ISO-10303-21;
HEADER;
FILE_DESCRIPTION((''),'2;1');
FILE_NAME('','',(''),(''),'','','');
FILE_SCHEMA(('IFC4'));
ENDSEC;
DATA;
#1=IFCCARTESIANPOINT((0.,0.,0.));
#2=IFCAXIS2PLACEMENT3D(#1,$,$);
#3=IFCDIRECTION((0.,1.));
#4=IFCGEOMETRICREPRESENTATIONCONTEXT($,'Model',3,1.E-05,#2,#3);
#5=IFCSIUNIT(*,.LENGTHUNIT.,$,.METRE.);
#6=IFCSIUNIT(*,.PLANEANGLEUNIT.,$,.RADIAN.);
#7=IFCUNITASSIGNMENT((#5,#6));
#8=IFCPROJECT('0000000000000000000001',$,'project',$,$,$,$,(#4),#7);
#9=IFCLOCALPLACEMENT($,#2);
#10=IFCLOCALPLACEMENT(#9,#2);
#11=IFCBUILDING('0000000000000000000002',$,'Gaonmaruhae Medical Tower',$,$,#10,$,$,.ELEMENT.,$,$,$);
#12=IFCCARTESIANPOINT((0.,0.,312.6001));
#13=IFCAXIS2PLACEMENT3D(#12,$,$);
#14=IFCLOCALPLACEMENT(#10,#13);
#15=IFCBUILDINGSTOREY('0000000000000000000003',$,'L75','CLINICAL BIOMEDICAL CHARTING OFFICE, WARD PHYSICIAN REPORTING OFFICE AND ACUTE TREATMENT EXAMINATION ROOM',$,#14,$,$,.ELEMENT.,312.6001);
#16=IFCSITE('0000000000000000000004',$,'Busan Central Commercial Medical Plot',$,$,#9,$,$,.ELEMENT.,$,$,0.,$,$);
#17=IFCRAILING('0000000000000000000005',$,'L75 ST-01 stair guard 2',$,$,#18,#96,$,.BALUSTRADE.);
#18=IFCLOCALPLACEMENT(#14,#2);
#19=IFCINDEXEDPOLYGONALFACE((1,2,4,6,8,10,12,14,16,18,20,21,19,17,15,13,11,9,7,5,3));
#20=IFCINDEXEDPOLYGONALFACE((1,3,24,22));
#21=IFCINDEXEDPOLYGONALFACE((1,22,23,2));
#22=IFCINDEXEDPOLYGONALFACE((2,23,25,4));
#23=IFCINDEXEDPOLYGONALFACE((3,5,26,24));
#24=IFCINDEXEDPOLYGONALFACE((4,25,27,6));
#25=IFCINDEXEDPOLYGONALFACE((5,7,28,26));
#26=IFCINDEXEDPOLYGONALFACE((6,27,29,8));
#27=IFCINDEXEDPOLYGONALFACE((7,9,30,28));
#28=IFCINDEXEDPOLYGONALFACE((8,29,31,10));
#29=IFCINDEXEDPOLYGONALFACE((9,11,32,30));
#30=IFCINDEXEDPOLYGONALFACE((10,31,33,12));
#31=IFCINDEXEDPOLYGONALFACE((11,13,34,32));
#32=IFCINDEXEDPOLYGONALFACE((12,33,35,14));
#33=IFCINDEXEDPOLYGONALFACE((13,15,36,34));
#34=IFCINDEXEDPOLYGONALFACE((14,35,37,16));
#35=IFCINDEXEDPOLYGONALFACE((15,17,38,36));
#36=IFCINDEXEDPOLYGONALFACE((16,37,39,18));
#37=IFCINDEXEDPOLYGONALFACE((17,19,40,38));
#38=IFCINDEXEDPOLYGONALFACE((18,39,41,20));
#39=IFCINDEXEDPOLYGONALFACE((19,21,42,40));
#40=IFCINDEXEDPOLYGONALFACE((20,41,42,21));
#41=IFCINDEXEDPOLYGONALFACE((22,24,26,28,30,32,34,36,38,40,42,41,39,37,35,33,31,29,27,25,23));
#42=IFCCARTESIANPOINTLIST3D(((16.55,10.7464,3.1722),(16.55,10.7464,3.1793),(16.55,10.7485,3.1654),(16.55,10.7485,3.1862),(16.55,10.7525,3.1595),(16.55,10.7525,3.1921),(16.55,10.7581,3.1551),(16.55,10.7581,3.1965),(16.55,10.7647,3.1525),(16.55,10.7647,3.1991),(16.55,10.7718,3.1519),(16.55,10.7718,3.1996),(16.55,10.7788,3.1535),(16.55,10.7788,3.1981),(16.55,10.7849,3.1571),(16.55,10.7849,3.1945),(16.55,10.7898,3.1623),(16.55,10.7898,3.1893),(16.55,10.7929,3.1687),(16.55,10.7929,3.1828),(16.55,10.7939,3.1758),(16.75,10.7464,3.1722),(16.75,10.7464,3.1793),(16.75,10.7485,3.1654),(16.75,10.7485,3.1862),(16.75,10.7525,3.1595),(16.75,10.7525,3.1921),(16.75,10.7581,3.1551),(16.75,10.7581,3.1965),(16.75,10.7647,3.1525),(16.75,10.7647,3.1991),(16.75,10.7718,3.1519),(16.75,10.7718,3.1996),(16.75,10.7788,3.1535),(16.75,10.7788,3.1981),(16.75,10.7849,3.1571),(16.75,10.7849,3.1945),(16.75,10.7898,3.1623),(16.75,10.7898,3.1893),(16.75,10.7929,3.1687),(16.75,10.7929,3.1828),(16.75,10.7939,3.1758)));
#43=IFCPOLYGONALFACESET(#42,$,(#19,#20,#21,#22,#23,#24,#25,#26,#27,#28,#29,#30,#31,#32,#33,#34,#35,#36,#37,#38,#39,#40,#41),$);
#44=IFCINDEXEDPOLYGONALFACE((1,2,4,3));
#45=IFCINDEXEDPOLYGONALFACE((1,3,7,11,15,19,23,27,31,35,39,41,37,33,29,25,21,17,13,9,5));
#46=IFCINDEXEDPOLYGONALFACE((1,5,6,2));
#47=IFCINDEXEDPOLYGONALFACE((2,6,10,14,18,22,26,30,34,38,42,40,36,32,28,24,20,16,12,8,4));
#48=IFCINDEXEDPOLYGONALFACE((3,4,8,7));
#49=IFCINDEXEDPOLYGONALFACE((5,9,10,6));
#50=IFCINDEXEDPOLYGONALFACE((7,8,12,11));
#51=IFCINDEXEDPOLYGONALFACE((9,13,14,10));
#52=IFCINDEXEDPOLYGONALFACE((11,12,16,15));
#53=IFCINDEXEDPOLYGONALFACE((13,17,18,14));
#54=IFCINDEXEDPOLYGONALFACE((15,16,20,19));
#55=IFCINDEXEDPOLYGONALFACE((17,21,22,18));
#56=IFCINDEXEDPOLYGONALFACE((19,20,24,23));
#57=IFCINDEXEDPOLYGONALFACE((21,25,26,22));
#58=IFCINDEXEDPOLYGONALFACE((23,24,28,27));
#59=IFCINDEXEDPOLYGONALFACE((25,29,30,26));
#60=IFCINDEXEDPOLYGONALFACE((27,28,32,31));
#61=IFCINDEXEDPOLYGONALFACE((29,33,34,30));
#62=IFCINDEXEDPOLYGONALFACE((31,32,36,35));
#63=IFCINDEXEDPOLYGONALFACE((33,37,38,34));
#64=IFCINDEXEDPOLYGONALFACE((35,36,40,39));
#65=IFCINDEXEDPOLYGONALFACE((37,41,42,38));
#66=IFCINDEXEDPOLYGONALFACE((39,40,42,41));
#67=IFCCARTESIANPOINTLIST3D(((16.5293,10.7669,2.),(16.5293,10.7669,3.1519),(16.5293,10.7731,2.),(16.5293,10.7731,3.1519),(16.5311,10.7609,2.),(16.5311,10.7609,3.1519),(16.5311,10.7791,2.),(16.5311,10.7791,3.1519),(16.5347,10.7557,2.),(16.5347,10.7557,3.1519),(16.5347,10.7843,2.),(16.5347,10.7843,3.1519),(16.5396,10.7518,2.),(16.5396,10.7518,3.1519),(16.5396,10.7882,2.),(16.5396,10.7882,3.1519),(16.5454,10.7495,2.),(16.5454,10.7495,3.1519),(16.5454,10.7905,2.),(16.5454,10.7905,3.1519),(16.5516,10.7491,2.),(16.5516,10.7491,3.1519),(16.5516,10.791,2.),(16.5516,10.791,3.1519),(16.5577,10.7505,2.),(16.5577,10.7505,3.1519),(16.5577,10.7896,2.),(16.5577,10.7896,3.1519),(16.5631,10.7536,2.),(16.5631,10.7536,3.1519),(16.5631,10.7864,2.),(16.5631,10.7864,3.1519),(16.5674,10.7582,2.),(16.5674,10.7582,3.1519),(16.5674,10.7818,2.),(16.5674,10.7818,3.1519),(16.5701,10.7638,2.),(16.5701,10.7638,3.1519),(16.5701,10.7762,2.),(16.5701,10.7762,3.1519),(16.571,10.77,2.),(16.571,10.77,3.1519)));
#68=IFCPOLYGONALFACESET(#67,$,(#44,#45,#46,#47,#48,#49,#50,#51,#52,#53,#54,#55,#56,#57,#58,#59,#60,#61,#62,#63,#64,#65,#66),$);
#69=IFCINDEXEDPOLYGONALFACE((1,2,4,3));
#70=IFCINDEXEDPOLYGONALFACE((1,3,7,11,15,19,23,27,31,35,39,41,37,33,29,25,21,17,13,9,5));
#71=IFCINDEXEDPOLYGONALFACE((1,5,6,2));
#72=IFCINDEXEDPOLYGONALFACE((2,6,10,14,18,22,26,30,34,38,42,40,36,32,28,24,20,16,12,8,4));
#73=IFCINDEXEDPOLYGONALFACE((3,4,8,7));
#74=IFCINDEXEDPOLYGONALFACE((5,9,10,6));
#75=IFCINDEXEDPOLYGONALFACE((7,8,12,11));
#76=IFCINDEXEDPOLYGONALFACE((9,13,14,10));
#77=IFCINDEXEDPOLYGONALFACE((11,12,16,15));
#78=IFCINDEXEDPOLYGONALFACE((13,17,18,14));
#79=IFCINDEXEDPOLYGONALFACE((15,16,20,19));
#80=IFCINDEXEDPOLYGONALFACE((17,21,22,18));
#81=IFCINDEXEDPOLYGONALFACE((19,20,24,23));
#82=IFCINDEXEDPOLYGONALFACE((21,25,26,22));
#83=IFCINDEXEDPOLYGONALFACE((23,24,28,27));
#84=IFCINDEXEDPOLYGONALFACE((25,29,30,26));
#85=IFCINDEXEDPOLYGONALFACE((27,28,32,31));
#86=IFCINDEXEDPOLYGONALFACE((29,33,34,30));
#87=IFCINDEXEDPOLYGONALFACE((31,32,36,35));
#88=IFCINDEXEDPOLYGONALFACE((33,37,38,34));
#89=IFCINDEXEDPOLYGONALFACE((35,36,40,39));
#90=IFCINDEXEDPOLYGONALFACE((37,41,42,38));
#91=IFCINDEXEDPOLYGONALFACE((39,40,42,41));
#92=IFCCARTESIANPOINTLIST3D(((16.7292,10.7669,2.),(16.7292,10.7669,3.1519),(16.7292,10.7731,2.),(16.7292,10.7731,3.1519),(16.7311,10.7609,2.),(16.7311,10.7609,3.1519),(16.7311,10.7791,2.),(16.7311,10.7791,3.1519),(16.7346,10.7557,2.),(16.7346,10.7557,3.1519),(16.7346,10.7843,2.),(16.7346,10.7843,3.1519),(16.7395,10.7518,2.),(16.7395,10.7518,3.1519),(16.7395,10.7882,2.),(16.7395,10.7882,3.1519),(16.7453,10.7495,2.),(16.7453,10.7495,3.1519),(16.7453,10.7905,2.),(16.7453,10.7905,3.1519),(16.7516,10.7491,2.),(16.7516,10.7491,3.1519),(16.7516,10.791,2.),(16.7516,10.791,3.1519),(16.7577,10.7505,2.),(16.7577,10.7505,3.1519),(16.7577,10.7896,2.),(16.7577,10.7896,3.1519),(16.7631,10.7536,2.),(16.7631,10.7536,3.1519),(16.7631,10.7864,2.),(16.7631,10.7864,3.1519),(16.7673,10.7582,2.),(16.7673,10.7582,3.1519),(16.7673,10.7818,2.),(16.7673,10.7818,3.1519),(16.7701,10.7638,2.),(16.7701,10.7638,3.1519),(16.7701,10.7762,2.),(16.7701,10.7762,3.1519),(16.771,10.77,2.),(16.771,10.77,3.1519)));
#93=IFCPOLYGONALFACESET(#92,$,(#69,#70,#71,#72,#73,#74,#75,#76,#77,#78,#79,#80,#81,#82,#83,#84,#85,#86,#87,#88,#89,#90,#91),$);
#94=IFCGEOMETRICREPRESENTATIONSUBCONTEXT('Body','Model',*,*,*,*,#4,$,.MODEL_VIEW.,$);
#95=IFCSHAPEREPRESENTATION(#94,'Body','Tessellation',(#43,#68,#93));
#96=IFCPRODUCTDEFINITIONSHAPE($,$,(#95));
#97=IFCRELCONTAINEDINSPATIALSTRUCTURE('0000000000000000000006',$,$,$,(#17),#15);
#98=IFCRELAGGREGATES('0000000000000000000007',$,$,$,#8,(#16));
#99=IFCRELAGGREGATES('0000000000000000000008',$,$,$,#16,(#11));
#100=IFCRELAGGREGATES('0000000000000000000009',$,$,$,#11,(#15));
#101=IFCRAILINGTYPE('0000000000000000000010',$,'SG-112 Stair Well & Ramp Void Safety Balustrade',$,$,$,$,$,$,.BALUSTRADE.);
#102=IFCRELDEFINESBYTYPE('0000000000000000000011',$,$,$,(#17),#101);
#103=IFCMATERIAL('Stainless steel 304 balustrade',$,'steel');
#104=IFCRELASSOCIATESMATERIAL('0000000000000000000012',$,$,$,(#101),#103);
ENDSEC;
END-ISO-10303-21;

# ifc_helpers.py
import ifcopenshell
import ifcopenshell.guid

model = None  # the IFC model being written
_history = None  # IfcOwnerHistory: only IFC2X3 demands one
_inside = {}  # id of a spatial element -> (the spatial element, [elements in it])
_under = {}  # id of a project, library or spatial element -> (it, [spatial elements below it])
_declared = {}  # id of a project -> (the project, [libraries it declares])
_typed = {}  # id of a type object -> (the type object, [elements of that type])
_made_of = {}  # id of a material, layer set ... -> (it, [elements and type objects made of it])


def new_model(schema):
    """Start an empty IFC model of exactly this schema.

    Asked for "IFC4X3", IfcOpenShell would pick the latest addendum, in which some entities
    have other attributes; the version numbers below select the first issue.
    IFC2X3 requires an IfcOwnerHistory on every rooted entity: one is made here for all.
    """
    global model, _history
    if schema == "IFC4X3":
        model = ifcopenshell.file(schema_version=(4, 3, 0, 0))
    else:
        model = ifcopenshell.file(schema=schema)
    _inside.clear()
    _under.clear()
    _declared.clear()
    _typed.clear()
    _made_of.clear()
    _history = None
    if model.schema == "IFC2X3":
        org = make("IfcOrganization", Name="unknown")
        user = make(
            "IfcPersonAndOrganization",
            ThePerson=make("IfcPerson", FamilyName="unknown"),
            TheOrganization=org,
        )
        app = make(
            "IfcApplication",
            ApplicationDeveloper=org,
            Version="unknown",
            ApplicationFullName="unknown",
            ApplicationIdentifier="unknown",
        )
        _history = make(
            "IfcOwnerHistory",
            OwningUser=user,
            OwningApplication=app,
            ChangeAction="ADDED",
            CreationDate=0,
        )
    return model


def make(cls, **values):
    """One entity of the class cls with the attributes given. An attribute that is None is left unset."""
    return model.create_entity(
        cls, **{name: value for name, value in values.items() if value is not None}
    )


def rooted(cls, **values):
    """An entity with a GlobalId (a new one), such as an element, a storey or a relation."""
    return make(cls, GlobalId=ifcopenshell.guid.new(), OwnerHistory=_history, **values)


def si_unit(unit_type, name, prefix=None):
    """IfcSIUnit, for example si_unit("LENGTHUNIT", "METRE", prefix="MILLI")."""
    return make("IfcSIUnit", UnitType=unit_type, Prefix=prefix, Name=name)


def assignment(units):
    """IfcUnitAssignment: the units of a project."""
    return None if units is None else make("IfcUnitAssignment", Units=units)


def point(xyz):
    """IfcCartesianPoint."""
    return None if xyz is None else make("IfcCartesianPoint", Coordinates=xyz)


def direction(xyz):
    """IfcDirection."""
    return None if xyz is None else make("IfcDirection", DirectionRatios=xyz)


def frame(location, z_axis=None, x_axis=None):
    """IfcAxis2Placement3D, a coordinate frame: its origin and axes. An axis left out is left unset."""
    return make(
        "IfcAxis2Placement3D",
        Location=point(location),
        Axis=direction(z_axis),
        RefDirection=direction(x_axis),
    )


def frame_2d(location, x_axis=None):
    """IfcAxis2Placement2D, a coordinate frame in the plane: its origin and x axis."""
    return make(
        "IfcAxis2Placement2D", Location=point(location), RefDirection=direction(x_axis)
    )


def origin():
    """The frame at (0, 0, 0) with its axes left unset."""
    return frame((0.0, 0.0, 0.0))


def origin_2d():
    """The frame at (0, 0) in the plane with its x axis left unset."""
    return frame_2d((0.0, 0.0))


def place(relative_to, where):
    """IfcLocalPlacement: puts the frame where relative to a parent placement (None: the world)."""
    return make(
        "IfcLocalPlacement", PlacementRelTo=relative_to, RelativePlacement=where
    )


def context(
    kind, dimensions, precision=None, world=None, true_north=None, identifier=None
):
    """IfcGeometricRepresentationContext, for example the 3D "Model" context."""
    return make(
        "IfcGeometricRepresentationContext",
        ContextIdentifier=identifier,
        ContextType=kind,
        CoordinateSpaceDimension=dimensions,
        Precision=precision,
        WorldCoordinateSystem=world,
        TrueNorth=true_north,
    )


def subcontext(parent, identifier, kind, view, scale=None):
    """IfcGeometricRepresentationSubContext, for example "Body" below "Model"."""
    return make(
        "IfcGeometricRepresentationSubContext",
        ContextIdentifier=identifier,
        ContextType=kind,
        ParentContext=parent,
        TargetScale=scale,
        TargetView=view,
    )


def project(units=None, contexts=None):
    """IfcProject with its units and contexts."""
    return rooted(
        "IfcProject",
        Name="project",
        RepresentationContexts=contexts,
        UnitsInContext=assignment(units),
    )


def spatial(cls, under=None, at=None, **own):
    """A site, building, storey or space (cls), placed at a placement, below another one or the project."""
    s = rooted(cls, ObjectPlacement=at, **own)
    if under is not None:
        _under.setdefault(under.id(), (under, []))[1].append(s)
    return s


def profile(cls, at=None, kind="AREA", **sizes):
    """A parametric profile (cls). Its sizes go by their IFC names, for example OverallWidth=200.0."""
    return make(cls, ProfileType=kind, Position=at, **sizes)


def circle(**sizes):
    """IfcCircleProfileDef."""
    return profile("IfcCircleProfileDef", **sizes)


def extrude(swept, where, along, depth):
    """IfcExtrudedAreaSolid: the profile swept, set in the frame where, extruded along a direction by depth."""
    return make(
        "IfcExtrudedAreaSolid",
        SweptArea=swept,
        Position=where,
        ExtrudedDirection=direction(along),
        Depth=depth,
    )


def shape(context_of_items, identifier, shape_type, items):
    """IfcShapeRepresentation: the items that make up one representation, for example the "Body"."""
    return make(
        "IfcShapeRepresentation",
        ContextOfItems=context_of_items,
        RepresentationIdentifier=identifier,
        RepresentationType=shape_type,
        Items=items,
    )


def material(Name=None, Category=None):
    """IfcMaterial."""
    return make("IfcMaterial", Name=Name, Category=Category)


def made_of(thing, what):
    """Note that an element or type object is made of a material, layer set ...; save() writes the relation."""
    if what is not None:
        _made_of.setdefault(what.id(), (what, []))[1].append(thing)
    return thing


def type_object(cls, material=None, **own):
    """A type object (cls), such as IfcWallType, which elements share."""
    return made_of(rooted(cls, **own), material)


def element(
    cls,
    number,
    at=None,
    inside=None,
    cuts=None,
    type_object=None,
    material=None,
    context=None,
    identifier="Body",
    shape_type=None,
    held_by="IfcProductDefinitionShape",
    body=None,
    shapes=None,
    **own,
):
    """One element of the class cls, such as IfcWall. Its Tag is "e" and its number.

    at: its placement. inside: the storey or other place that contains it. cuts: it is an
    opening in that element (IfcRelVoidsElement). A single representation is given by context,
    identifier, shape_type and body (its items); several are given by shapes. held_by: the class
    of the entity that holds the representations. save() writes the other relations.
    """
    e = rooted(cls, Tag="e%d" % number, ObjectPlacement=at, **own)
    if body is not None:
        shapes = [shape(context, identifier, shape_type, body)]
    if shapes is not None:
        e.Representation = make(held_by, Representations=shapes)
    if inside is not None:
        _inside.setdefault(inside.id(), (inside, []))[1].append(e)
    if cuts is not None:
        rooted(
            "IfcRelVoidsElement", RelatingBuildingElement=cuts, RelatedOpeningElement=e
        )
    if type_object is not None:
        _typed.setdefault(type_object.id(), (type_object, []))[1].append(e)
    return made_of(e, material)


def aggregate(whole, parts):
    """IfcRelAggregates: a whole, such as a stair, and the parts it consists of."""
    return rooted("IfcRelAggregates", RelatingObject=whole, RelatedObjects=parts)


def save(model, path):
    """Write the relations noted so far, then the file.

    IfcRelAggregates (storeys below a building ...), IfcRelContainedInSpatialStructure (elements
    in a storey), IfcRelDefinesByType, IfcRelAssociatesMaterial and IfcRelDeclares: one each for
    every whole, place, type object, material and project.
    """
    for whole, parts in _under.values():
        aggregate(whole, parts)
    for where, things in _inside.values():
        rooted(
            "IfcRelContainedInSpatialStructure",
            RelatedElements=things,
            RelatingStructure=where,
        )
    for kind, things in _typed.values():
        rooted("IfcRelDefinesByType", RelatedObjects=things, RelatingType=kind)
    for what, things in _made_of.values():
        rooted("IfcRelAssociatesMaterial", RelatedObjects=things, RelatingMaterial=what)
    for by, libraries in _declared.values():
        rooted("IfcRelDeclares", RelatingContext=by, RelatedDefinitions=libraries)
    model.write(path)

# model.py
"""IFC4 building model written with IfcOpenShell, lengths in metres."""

from ifc_helpers import new_model, si_unit, direction, frame, origin, origin_2d, place, context, subcontext, project, spatial, circle, extrude, material, type_object, element, save


model = new_model("IFC4")

# Units and contexts
model_context = context("Model", 3, precision=1e-05, world=origin(), true_north=direction((0.0, 1.0)))
body_context = subcontext(model_context, "Body", "Model", "MODEL_VIEW")
ifc_project = project(units=[si_unit("LENGTHUNIT", "METRE"), si_unit("PLANEANGLEUNIT", "RADIAN")], contexts=[model_context])

# Site, building, storey
site_placement = place(None, origin())
site = spatial("IfcSite", under=ifc_project, at=site_placement, Name="Busan Central Commercial Medical Plot", CompositionType="ELEMENT", RefElevation=0.0)
building_placement = place(site_placement, origin())
building = spatial("IfcBuilding", under=site, at=building_placement, Name="Gaonmaruhae Medical Tower", CompositionType="ELEMENT")
storey_placement = place(building_placement, frame((0.0, 0.0, 312.6001)))
storey = spatial("IfcBuildingStorey", under=building, at=storey_placement, Name="L75", Description="CLINICAL BIOMEDICAL CHARTING OFFICE, WARD PHYSICIAN REPORTING OFFICE AND ACUTE TREATMENT EXAMINATION ROOM", CompositionType="ELEMENT", Elevation=312.6001)

# Railing
ifc_material_1 = material(Name="Stainless steel 304 balustrade", Category="steel")
railing_type_1 = type_object("IfcRailingType", Name="SG-112 Stair Well & Ramp Void Safety Balustrade", PredefinedType="BALUSTRADE", material=ifc_material_1)
railing_1_placement = place(storey_placement, frame((16.55, 10.77, 2.0)))
element("IfcRailing", 1, at=railing_1_placement, inside=storey, type_object=railing_type_1, Name="L75 ST-01 stair guard 2", PredefinedType="BALUSTRADE", context=body_context, shape_type="SweptSolid", body=[
    extrude(circle(Radius=0.0239, at=origin_2d()), frame((0.0, 0.0, 1.1758), z_axis=(1.0, 0.0, 0.0), x_axis=(0.0, 1.0, 0.0)), (0.0, 0.0, 1.0), 0.2),
    extrude(circle(Radius=0.021, at=origin_2d()), origin(), (0.0, 0.0, 1.0), 1.1519),
    extrude(circle(Radius=0.021, at=origin_2d()), frame((0.2, 0.0, 0.0)), (0.0, 0.0, 1.0), 1.1519),
])

save(model, "model.ifc")
